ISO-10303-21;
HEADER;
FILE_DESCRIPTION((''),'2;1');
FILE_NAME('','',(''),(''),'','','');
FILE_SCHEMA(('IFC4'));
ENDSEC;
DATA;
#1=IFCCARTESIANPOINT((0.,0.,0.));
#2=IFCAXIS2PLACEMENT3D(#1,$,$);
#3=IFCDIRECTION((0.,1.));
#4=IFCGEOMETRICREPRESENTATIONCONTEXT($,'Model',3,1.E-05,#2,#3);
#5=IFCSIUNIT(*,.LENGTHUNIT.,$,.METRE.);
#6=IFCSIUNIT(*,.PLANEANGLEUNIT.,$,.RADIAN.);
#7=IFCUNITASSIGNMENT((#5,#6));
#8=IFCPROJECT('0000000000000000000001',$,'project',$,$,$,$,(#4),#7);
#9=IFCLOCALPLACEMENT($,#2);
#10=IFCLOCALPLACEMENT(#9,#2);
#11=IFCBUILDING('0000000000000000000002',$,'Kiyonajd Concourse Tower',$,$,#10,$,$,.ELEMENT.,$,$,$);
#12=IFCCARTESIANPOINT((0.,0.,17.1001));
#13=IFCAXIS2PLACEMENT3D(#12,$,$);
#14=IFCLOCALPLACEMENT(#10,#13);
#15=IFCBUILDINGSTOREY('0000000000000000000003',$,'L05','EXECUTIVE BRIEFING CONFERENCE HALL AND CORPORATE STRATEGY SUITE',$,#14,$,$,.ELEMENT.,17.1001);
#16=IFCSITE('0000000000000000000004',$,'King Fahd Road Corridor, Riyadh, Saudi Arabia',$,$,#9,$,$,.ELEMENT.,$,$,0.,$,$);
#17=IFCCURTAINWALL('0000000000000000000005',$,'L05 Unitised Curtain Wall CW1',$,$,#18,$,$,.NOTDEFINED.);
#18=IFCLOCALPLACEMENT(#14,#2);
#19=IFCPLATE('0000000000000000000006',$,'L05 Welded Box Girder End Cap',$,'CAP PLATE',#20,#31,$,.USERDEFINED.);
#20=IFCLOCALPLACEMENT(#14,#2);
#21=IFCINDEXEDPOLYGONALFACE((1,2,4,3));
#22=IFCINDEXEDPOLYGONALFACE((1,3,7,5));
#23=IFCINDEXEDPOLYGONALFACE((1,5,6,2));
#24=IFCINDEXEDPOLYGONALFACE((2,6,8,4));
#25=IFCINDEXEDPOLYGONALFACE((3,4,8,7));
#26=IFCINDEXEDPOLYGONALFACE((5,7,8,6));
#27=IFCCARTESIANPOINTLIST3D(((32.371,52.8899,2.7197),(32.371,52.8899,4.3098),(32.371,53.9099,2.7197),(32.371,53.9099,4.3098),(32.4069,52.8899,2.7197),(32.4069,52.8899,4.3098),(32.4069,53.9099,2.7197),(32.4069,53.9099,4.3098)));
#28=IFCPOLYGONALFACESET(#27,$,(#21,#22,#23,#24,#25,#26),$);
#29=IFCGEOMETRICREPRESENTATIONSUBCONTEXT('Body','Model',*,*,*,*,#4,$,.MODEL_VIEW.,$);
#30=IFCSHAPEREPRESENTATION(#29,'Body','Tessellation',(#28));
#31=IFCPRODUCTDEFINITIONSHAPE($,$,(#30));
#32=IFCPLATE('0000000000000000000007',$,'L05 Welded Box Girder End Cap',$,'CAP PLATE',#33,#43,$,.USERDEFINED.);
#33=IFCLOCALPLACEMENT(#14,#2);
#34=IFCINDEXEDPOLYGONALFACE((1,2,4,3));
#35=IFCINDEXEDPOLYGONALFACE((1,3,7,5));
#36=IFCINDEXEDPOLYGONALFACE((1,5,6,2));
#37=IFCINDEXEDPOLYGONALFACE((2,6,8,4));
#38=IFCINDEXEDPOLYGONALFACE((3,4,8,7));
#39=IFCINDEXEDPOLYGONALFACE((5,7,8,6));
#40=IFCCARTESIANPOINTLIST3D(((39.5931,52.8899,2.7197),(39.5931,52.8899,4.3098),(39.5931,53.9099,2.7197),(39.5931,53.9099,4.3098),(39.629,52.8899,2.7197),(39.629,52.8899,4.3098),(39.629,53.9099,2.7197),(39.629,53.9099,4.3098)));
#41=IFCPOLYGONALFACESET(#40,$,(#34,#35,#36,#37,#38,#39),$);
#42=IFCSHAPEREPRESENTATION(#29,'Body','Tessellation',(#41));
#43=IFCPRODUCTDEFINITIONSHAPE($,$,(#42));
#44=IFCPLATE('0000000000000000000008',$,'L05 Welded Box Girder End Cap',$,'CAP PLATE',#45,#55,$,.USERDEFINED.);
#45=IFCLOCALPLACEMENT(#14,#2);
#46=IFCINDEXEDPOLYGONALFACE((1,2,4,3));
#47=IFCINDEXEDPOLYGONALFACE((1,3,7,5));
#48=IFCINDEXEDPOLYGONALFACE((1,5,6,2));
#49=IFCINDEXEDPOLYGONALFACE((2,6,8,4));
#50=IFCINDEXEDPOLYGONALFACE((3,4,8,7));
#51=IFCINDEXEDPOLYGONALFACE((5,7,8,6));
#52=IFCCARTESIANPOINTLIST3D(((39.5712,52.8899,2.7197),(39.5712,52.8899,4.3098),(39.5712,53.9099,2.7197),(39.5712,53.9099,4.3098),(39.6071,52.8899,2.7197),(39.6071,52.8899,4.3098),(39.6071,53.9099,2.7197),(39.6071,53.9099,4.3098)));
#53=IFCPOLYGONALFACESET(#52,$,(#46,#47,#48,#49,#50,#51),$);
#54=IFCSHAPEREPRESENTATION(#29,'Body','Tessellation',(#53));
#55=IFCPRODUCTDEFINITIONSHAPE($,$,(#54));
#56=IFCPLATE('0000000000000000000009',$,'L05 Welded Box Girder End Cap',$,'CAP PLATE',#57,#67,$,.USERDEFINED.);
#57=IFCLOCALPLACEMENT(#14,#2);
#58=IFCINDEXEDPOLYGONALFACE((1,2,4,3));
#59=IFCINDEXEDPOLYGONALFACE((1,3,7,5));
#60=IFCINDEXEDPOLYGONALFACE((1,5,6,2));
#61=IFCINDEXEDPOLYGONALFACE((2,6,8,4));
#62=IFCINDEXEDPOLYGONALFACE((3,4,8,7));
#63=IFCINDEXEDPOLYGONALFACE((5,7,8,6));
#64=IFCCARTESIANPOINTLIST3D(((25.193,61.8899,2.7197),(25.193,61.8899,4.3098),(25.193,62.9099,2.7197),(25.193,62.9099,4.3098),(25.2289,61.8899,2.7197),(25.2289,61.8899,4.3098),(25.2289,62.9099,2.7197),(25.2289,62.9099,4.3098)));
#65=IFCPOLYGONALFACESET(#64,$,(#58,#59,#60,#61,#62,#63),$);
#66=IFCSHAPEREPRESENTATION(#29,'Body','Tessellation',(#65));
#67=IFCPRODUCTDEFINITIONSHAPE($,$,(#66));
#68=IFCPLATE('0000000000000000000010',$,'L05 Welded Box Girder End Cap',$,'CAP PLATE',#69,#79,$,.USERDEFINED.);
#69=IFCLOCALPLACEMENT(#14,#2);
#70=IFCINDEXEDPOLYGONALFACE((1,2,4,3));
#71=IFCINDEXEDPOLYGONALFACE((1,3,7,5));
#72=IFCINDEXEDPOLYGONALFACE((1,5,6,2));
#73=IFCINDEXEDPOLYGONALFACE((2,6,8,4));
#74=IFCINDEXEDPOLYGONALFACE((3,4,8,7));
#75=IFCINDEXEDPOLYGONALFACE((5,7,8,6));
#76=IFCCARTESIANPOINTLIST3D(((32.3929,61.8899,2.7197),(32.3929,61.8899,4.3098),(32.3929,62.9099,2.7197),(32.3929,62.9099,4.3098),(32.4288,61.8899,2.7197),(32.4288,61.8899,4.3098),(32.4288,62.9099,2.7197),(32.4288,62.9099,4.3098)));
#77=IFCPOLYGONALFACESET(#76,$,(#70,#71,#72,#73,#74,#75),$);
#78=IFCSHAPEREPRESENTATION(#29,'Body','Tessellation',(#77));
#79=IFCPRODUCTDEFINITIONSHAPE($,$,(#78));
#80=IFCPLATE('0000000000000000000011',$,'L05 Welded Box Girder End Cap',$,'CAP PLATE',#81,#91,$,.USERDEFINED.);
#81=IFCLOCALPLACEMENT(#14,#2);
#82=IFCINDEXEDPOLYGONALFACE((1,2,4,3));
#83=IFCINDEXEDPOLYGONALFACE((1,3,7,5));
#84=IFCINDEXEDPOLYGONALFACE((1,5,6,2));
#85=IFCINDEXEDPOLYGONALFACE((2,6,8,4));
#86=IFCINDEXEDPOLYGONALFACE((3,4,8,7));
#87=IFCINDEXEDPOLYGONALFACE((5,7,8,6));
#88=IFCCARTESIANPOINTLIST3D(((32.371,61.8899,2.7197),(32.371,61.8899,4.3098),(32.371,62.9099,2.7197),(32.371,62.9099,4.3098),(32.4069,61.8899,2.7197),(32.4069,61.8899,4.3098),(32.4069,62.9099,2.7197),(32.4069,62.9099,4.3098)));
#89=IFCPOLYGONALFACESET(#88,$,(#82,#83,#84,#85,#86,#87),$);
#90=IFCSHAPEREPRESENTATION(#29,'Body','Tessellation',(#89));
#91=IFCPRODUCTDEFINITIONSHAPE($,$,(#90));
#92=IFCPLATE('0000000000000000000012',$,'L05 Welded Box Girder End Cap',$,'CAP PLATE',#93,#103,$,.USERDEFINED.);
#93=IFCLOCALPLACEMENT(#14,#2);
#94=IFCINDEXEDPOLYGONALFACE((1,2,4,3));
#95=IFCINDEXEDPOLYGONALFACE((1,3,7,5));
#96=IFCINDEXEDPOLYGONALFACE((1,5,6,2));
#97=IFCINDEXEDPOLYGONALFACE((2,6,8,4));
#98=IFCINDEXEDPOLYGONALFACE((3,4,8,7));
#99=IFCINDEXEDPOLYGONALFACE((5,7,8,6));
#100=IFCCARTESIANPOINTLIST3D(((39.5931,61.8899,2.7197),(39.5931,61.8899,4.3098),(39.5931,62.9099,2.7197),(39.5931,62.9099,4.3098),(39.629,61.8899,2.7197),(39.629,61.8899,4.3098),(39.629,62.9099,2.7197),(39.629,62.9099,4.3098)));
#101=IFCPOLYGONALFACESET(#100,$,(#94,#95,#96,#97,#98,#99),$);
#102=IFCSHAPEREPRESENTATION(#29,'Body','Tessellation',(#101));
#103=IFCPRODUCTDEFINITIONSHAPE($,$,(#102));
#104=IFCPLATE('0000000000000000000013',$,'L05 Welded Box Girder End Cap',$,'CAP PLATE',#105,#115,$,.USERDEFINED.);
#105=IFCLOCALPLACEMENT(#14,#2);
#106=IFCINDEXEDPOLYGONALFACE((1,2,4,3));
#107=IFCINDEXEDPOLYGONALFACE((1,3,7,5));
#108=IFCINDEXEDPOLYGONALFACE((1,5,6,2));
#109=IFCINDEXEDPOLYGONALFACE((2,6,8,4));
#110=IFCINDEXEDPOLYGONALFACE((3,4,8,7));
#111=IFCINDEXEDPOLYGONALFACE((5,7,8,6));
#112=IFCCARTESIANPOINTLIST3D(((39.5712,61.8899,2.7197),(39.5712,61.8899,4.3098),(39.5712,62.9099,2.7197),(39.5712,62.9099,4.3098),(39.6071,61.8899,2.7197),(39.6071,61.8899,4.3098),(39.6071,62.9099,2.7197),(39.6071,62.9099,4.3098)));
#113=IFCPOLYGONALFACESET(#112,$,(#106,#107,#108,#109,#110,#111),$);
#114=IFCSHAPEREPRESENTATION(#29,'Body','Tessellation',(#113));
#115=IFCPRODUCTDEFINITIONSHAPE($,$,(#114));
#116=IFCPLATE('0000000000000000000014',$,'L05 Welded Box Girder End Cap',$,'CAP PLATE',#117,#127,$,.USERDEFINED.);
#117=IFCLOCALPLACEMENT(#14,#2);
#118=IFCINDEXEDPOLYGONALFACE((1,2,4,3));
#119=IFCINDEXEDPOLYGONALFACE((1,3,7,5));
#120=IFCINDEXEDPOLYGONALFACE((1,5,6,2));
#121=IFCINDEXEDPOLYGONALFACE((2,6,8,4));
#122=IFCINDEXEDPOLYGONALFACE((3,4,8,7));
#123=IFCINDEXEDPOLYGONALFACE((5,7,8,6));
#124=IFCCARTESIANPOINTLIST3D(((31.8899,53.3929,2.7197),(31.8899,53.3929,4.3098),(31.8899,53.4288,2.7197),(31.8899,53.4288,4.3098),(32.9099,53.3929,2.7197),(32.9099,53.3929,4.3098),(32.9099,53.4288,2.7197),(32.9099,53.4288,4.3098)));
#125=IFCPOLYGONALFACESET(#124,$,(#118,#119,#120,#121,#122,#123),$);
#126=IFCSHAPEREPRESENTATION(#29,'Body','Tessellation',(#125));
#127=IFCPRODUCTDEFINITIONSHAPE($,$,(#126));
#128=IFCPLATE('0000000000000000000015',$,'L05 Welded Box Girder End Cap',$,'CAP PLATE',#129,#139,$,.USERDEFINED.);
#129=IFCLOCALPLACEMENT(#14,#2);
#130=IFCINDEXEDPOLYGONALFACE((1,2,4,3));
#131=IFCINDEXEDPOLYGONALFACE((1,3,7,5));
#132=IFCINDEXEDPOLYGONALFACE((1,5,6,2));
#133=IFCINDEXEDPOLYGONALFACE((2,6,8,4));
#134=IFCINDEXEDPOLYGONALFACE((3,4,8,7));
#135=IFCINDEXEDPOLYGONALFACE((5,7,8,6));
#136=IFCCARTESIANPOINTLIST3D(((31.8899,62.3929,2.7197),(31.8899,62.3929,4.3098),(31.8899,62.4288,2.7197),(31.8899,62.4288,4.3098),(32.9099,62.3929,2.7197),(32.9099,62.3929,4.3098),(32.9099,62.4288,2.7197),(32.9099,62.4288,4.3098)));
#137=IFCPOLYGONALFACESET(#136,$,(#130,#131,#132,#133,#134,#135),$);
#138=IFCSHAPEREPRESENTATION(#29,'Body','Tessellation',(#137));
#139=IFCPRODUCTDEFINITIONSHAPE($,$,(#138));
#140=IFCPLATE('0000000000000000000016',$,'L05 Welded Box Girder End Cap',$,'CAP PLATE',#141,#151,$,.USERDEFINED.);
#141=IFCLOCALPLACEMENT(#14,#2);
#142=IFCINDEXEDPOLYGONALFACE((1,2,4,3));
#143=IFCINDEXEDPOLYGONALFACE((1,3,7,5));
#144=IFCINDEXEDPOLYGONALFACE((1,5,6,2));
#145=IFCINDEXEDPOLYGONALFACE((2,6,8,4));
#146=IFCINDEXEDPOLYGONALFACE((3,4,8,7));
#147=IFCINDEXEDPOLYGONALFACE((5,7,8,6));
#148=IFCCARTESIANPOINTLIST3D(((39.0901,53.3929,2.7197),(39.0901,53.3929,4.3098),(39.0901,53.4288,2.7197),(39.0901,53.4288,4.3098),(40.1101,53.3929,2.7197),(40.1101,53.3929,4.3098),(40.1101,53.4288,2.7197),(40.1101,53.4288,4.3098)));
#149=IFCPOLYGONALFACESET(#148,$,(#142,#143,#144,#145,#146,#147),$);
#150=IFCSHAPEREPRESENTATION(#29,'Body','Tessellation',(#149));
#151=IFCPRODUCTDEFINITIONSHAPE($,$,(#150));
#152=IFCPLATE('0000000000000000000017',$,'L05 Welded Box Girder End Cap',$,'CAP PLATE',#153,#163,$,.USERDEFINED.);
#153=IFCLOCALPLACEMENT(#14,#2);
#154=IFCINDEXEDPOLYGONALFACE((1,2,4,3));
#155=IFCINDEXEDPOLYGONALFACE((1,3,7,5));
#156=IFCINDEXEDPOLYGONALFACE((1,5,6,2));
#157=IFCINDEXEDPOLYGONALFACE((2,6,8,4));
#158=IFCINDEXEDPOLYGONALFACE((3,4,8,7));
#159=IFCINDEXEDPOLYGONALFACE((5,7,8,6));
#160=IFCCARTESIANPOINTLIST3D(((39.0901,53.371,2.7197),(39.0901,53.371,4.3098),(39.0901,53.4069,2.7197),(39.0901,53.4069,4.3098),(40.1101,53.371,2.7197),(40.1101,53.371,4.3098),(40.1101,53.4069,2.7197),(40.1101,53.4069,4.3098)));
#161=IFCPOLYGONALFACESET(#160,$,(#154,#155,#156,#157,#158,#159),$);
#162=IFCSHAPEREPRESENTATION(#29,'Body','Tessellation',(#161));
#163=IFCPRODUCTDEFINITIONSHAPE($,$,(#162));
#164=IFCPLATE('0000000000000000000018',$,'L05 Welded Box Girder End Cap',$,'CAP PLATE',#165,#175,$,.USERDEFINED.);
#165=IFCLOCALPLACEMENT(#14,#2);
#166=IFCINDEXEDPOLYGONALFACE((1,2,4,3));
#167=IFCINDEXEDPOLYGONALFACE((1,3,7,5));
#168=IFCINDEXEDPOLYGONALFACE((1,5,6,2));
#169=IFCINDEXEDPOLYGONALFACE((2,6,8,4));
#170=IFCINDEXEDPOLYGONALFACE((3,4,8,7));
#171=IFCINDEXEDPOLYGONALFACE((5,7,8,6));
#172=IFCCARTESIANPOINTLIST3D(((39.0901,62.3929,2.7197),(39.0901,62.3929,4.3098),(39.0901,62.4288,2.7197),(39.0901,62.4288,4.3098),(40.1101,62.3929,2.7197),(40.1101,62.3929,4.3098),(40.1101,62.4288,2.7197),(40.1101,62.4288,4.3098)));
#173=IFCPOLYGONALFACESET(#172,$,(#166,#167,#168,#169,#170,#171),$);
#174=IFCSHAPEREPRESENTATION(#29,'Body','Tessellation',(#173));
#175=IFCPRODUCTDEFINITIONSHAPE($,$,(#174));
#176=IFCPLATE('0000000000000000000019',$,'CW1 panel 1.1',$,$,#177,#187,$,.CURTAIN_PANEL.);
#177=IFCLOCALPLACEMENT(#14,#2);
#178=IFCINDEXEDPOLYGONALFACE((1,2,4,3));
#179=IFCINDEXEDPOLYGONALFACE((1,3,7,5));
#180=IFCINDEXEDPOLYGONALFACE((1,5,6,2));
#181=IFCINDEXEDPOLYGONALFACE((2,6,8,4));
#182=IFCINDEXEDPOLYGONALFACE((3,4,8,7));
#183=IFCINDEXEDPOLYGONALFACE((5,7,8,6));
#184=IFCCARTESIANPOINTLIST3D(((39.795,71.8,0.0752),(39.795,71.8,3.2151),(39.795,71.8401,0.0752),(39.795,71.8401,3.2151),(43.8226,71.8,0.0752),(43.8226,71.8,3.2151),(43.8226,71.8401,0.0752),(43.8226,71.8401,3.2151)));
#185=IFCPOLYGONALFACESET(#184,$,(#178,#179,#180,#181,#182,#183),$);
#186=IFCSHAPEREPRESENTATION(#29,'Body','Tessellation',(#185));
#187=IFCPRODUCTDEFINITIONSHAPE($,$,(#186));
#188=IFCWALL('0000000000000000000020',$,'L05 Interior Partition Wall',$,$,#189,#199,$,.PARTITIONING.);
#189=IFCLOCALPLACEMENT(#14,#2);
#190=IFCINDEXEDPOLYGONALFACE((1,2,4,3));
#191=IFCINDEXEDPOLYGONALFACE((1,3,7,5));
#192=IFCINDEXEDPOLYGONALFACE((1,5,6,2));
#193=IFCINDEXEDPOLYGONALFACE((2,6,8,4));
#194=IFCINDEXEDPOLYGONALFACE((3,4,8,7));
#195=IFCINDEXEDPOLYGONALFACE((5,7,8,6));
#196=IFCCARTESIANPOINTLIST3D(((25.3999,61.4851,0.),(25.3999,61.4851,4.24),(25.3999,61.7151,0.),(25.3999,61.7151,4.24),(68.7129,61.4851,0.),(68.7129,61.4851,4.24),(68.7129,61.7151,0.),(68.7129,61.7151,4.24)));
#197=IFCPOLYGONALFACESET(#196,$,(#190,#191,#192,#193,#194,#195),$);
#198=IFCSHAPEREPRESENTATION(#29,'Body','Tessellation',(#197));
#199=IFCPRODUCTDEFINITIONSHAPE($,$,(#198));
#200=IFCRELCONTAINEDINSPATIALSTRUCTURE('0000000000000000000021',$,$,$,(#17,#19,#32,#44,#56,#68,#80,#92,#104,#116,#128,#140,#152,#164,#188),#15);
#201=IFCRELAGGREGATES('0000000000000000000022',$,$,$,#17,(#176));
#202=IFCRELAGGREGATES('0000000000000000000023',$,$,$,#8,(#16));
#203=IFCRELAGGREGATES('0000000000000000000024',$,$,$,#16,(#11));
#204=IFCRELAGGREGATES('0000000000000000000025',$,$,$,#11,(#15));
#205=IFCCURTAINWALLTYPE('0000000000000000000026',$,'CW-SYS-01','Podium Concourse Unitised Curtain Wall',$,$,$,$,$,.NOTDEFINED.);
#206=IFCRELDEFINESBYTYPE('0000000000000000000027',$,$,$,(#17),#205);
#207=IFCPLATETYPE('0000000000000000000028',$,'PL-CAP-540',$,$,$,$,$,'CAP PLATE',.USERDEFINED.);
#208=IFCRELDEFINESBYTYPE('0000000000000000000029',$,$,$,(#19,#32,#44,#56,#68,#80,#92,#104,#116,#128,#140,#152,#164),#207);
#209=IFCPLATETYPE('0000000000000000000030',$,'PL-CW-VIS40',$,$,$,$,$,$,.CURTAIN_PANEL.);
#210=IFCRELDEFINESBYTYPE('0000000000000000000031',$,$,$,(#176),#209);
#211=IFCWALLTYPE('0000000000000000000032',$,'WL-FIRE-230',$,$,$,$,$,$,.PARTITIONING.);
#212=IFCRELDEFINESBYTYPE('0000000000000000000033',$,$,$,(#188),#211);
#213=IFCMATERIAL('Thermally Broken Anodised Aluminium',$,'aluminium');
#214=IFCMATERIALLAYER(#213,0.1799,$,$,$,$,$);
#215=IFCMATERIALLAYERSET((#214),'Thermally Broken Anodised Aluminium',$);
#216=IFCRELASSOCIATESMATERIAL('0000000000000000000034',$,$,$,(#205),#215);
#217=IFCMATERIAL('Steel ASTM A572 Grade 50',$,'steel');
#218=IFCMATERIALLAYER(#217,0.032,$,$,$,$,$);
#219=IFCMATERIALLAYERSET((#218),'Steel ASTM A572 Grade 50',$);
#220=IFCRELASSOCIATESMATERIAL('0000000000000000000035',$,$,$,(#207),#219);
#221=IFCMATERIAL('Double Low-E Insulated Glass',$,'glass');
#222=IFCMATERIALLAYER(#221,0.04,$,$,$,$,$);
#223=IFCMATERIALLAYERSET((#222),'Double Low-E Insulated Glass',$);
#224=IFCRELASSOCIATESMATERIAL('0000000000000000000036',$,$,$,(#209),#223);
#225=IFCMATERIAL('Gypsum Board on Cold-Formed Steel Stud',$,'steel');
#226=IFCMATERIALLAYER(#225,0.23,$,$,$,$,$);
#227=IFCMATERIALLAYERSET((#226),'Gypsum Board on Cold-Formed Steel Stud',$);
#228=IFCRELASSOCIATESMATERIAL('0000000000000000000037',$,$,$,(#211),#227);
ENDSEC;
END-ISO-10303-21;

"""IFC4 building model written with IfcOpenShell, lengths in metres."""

from ifc_helpers import new_model, si_unit, direction, frame, frame_2d, origin, origin_2d, place, context, subcontext, project, spatial, rectangle, extrude, material, layer, layer_set, type_object, element, aggregate, save


model = new_model("IFC4")

# Units and contexts
model_context = context("Model", 3, precision=1e-05, world=origin(), true_north=direction((0.0, 1.0)))
body_context = subcontext(model_context, "Body", "Model", "MODEL_VIEW")
ifc_project = project(units=[si_unit("LENGTHUNIT", "METRE"), si_unit("PLANEANGLEUNIT", "RADIAN")], contexts=[model_context])

# Site, building, storey
site_placement = place(None, origin())
site = spatial("IfcSite", under=ifc_project, at=site_placement, Name="King Fahd Road Corridor, Riyadh, Saudi Arabia", CompositionType="ELEMENT", RefElevation=0.0)
building_placement = place(site_placement, origin())
building = spatial("IfcBuilding", under=site, at=building_placement, Name="Kiyonajd Concourse Tower", CompositionType="ELEMENT")
storey_placement = place(building_placement, frame((0.0, 0.0, 17.1001)))
storey = spatial("IfcBuildingStorey", under=building, at=storey_placement, Name="L05", Description="EXECUTIVE BRIEFING CONFERENCE HALL AND CORPORATE STRATEGY SUITE", CompositionType="ELEMENT", Elevation=17.1001)

# Shared definitions
ifc_material_1 = material(Name="Steel ASTM A572 Grade 50", Category="steel")

# Curtain wall
ifc_material_2 = material(Name="Thermally Broken Anodised Aluminium", Category="aluminium")
ifc_layer_1 = layer(ifc_material_2, 0.1799)
ifc_layer_set_1 = layer_set([ifc_layer_1], Name="Thermally Broken Anodised Aluminium")
curtain_wall_type = type_object("IfcCurtainWallType", Name="CW-SYS-01", Description="Podium Concourse Unitised Curtain Wall", PredefinedType="NOTDEFINED", material=ifc_layer_set_1)
curtain_wall_placement = place(storey_placement, origin())
curtain_wall = element("IfcCurtainWall", 1, at=curtain_wall_placement, inside=storey, type_object=curtain_wall_type, Name="L05 Unitised Curtain Wall CW1", PredefinedType="NOTDEFINED")

# Plates
ifc_layer_2 = layer(ifc_material_1, 0.032)
ifc_layer_set_2 = layer_set([ifc_layer_2], Name="Steel ASTM A572 Grade 50")
plate_type_1 = type_object("IfcPlateType", Name="PL-CAP-540", ElementType="CAP PLATE", PredefinedType="USERDEFINED", material=ifc_layer_set_2)
for number, where, z_axis, x_axis, name in (
    (2, (32.3889, 53.3999, 2.7197), (0.0, 0.0, 1.0), (-1.0, 0.0, 0.0), "L05 Welded Box Girder End Cap"),
    (3, (39.6111, 53.3999, 2.7197), (0.0, 0.0, 1.0), (1.0, 0.0, 0.0), "L05 Welded Box Girder End Cap"),
    (4, (39.5891, 53.3999, 2.7197), (0.0, 0.0, 1.0), (-1.0, 0.0, 0.0), "L05 Welded Box Girder End Cap"),
    (5, (25.2109, 62.3999, 2.7197), (0.0, 0.0, 1.0), (1.0, 0.0, 0.0), "L05 Welded Box Girder End Cap"),
    (6, (32.4109, 62.3999, 2.7197), (0.0, 0.0, 1.0), (1.0, 0.0, 0.0), "L05 Welded Box Girder End Cap"),
    (7, (32.3889, 62.3999, 2.7197), (0.0, 0.0, 1.0), (-1.0, 0.0, 0.0), "L05 Welded Box Girder End Cap"),
    (8, (39.6111, 62.3999, 2.7197), (0.0, 0.0, 1.0), (1.0, 0.0, 0.0), "L05 Welded Box Girder End Cap"),
    (9, (39.5891, 62.3999, 2.7197), (0.0, 0.0, 1.0), (-1.0, 0.0, 0.0), "L05 Welded Box Girder End Cap"),
    (10, (32.3999, 53.4109, 2.7197), (0.0, 0.0, 1.0), (0.0, 1.0, 0.0), "L05 Welded Box Girder End Cap"),
    (11, (32.3999, 62.4109, 2.7197), (0.0, 0.0, 1.0), (0.0, 1.0, 0.0), "L05 Welded Box Girder End Cap"),
    (12, (39.6001, 53.4109, 2.7197), (0.0, 0.0, 1.0), (0.0, 1.0, 0.0), "L05 Welded Box Girder End Cap"),
    (13, (39.6001, 53.3889, 2.7197), (0.0, 0.0, 1.0), (0.0, -1.0, 0.0), "L05 Welded Box Girder End Cap"),
    (14, (39.6001, 62.4109, 2.7197), (0.0, 0.0, 1.0), (0.0, 1.0, 0.0), "L05 Welded Box Girder End Cap"),
):
    element("IfcPlate", number, at=place(storey_placement, frame(where, z_axis=z_axis, x_axis=x_axis)), inside=storey, type_object=plate_type_1, Name=name, ObjectType="CAP PLATE", PredefinedType="USERDEFINED", context=body_context, shape_type="SweptSolid", body=[
        extrude(rectangle(XDim=0.0359, YDim=1.02, at=origin_2d()), origin(), (0.0, 0.0, 1.0), 1.5901),
    ])

# Plate
ifc_material_3 = material(Name="Double Low-E Insulated Glass", Category="glass")
ifc_layer_3 = layer(ifc_material_3, 0.04)
ifc_layer_set_3 = layer_set([ifc_layer_3], Name="Double Low-E Insulated Glass")
plate_type_2 = type_object("IfcPlateType", Name="PL-CW-VIS40", PredefinedType="CURTAIN_PANEL", material=ifc_layer_set_3)
plate_1_placement = place(storey_placement, frame((41.8088, 71.8201, 0.0752), z_axis=(0.0, 0.0, 1.0), x_axis=(1.0, 0.0, 0.0)))
plate_1 = element("IfcPlate", 15, at=plate_1_placement, type_object=plate_type_2, Name="CW1 panel 1.1", PredefinedType="CURTAIN_PANEL", context=body_context, shape_type="SweptSolid", body=[
    extrude(rectangle(XDim=4.0276, YDim=0.04, at=origin_2d()), origin(), (0.0, 0.0, 1.0), 3.1399),
])
aggregate(curtain_wall, [plate_1])

# Wall
ifc_material_4 = material(Name="Gypsum Board on Cold-Formed Steel Stud", Category="steel")
ifc_layer_4 = layer(ifc_material_4, 0.23)
ifc_layer_set_4 = layer_set([ifc_layer_4], Name="Gypsum Board on Cold-Formed Steel Stud")
wall_type = type_object("IfcWallType", Name="WL-FIRE-230", PredefinedType="PARTITIONING", material=ifc_layer_set_4)
wall_placement = place(storey_placement, frame((25.3999, 61.6001, 0.0), z_axis=(0.0, 0.0, 1.0), x_axis=(1.0, 0.0, 0.0)))
element("IfcWall", 16, at=wall_placement, inside=storey, type_object=wall_type, Name="L05 Interior Partition Wall", PredefinedType="PARTITIONING", context=body_context, shape_type="SweptSolid", body=[
    extrude(rectangle(XDim=43.313, YDim=0.23, at=frame_2d((21.6565, 0.0))), origin(), (0.0, 0.0, 1.0), 4.24),
])

save(model, "model.ifc")
